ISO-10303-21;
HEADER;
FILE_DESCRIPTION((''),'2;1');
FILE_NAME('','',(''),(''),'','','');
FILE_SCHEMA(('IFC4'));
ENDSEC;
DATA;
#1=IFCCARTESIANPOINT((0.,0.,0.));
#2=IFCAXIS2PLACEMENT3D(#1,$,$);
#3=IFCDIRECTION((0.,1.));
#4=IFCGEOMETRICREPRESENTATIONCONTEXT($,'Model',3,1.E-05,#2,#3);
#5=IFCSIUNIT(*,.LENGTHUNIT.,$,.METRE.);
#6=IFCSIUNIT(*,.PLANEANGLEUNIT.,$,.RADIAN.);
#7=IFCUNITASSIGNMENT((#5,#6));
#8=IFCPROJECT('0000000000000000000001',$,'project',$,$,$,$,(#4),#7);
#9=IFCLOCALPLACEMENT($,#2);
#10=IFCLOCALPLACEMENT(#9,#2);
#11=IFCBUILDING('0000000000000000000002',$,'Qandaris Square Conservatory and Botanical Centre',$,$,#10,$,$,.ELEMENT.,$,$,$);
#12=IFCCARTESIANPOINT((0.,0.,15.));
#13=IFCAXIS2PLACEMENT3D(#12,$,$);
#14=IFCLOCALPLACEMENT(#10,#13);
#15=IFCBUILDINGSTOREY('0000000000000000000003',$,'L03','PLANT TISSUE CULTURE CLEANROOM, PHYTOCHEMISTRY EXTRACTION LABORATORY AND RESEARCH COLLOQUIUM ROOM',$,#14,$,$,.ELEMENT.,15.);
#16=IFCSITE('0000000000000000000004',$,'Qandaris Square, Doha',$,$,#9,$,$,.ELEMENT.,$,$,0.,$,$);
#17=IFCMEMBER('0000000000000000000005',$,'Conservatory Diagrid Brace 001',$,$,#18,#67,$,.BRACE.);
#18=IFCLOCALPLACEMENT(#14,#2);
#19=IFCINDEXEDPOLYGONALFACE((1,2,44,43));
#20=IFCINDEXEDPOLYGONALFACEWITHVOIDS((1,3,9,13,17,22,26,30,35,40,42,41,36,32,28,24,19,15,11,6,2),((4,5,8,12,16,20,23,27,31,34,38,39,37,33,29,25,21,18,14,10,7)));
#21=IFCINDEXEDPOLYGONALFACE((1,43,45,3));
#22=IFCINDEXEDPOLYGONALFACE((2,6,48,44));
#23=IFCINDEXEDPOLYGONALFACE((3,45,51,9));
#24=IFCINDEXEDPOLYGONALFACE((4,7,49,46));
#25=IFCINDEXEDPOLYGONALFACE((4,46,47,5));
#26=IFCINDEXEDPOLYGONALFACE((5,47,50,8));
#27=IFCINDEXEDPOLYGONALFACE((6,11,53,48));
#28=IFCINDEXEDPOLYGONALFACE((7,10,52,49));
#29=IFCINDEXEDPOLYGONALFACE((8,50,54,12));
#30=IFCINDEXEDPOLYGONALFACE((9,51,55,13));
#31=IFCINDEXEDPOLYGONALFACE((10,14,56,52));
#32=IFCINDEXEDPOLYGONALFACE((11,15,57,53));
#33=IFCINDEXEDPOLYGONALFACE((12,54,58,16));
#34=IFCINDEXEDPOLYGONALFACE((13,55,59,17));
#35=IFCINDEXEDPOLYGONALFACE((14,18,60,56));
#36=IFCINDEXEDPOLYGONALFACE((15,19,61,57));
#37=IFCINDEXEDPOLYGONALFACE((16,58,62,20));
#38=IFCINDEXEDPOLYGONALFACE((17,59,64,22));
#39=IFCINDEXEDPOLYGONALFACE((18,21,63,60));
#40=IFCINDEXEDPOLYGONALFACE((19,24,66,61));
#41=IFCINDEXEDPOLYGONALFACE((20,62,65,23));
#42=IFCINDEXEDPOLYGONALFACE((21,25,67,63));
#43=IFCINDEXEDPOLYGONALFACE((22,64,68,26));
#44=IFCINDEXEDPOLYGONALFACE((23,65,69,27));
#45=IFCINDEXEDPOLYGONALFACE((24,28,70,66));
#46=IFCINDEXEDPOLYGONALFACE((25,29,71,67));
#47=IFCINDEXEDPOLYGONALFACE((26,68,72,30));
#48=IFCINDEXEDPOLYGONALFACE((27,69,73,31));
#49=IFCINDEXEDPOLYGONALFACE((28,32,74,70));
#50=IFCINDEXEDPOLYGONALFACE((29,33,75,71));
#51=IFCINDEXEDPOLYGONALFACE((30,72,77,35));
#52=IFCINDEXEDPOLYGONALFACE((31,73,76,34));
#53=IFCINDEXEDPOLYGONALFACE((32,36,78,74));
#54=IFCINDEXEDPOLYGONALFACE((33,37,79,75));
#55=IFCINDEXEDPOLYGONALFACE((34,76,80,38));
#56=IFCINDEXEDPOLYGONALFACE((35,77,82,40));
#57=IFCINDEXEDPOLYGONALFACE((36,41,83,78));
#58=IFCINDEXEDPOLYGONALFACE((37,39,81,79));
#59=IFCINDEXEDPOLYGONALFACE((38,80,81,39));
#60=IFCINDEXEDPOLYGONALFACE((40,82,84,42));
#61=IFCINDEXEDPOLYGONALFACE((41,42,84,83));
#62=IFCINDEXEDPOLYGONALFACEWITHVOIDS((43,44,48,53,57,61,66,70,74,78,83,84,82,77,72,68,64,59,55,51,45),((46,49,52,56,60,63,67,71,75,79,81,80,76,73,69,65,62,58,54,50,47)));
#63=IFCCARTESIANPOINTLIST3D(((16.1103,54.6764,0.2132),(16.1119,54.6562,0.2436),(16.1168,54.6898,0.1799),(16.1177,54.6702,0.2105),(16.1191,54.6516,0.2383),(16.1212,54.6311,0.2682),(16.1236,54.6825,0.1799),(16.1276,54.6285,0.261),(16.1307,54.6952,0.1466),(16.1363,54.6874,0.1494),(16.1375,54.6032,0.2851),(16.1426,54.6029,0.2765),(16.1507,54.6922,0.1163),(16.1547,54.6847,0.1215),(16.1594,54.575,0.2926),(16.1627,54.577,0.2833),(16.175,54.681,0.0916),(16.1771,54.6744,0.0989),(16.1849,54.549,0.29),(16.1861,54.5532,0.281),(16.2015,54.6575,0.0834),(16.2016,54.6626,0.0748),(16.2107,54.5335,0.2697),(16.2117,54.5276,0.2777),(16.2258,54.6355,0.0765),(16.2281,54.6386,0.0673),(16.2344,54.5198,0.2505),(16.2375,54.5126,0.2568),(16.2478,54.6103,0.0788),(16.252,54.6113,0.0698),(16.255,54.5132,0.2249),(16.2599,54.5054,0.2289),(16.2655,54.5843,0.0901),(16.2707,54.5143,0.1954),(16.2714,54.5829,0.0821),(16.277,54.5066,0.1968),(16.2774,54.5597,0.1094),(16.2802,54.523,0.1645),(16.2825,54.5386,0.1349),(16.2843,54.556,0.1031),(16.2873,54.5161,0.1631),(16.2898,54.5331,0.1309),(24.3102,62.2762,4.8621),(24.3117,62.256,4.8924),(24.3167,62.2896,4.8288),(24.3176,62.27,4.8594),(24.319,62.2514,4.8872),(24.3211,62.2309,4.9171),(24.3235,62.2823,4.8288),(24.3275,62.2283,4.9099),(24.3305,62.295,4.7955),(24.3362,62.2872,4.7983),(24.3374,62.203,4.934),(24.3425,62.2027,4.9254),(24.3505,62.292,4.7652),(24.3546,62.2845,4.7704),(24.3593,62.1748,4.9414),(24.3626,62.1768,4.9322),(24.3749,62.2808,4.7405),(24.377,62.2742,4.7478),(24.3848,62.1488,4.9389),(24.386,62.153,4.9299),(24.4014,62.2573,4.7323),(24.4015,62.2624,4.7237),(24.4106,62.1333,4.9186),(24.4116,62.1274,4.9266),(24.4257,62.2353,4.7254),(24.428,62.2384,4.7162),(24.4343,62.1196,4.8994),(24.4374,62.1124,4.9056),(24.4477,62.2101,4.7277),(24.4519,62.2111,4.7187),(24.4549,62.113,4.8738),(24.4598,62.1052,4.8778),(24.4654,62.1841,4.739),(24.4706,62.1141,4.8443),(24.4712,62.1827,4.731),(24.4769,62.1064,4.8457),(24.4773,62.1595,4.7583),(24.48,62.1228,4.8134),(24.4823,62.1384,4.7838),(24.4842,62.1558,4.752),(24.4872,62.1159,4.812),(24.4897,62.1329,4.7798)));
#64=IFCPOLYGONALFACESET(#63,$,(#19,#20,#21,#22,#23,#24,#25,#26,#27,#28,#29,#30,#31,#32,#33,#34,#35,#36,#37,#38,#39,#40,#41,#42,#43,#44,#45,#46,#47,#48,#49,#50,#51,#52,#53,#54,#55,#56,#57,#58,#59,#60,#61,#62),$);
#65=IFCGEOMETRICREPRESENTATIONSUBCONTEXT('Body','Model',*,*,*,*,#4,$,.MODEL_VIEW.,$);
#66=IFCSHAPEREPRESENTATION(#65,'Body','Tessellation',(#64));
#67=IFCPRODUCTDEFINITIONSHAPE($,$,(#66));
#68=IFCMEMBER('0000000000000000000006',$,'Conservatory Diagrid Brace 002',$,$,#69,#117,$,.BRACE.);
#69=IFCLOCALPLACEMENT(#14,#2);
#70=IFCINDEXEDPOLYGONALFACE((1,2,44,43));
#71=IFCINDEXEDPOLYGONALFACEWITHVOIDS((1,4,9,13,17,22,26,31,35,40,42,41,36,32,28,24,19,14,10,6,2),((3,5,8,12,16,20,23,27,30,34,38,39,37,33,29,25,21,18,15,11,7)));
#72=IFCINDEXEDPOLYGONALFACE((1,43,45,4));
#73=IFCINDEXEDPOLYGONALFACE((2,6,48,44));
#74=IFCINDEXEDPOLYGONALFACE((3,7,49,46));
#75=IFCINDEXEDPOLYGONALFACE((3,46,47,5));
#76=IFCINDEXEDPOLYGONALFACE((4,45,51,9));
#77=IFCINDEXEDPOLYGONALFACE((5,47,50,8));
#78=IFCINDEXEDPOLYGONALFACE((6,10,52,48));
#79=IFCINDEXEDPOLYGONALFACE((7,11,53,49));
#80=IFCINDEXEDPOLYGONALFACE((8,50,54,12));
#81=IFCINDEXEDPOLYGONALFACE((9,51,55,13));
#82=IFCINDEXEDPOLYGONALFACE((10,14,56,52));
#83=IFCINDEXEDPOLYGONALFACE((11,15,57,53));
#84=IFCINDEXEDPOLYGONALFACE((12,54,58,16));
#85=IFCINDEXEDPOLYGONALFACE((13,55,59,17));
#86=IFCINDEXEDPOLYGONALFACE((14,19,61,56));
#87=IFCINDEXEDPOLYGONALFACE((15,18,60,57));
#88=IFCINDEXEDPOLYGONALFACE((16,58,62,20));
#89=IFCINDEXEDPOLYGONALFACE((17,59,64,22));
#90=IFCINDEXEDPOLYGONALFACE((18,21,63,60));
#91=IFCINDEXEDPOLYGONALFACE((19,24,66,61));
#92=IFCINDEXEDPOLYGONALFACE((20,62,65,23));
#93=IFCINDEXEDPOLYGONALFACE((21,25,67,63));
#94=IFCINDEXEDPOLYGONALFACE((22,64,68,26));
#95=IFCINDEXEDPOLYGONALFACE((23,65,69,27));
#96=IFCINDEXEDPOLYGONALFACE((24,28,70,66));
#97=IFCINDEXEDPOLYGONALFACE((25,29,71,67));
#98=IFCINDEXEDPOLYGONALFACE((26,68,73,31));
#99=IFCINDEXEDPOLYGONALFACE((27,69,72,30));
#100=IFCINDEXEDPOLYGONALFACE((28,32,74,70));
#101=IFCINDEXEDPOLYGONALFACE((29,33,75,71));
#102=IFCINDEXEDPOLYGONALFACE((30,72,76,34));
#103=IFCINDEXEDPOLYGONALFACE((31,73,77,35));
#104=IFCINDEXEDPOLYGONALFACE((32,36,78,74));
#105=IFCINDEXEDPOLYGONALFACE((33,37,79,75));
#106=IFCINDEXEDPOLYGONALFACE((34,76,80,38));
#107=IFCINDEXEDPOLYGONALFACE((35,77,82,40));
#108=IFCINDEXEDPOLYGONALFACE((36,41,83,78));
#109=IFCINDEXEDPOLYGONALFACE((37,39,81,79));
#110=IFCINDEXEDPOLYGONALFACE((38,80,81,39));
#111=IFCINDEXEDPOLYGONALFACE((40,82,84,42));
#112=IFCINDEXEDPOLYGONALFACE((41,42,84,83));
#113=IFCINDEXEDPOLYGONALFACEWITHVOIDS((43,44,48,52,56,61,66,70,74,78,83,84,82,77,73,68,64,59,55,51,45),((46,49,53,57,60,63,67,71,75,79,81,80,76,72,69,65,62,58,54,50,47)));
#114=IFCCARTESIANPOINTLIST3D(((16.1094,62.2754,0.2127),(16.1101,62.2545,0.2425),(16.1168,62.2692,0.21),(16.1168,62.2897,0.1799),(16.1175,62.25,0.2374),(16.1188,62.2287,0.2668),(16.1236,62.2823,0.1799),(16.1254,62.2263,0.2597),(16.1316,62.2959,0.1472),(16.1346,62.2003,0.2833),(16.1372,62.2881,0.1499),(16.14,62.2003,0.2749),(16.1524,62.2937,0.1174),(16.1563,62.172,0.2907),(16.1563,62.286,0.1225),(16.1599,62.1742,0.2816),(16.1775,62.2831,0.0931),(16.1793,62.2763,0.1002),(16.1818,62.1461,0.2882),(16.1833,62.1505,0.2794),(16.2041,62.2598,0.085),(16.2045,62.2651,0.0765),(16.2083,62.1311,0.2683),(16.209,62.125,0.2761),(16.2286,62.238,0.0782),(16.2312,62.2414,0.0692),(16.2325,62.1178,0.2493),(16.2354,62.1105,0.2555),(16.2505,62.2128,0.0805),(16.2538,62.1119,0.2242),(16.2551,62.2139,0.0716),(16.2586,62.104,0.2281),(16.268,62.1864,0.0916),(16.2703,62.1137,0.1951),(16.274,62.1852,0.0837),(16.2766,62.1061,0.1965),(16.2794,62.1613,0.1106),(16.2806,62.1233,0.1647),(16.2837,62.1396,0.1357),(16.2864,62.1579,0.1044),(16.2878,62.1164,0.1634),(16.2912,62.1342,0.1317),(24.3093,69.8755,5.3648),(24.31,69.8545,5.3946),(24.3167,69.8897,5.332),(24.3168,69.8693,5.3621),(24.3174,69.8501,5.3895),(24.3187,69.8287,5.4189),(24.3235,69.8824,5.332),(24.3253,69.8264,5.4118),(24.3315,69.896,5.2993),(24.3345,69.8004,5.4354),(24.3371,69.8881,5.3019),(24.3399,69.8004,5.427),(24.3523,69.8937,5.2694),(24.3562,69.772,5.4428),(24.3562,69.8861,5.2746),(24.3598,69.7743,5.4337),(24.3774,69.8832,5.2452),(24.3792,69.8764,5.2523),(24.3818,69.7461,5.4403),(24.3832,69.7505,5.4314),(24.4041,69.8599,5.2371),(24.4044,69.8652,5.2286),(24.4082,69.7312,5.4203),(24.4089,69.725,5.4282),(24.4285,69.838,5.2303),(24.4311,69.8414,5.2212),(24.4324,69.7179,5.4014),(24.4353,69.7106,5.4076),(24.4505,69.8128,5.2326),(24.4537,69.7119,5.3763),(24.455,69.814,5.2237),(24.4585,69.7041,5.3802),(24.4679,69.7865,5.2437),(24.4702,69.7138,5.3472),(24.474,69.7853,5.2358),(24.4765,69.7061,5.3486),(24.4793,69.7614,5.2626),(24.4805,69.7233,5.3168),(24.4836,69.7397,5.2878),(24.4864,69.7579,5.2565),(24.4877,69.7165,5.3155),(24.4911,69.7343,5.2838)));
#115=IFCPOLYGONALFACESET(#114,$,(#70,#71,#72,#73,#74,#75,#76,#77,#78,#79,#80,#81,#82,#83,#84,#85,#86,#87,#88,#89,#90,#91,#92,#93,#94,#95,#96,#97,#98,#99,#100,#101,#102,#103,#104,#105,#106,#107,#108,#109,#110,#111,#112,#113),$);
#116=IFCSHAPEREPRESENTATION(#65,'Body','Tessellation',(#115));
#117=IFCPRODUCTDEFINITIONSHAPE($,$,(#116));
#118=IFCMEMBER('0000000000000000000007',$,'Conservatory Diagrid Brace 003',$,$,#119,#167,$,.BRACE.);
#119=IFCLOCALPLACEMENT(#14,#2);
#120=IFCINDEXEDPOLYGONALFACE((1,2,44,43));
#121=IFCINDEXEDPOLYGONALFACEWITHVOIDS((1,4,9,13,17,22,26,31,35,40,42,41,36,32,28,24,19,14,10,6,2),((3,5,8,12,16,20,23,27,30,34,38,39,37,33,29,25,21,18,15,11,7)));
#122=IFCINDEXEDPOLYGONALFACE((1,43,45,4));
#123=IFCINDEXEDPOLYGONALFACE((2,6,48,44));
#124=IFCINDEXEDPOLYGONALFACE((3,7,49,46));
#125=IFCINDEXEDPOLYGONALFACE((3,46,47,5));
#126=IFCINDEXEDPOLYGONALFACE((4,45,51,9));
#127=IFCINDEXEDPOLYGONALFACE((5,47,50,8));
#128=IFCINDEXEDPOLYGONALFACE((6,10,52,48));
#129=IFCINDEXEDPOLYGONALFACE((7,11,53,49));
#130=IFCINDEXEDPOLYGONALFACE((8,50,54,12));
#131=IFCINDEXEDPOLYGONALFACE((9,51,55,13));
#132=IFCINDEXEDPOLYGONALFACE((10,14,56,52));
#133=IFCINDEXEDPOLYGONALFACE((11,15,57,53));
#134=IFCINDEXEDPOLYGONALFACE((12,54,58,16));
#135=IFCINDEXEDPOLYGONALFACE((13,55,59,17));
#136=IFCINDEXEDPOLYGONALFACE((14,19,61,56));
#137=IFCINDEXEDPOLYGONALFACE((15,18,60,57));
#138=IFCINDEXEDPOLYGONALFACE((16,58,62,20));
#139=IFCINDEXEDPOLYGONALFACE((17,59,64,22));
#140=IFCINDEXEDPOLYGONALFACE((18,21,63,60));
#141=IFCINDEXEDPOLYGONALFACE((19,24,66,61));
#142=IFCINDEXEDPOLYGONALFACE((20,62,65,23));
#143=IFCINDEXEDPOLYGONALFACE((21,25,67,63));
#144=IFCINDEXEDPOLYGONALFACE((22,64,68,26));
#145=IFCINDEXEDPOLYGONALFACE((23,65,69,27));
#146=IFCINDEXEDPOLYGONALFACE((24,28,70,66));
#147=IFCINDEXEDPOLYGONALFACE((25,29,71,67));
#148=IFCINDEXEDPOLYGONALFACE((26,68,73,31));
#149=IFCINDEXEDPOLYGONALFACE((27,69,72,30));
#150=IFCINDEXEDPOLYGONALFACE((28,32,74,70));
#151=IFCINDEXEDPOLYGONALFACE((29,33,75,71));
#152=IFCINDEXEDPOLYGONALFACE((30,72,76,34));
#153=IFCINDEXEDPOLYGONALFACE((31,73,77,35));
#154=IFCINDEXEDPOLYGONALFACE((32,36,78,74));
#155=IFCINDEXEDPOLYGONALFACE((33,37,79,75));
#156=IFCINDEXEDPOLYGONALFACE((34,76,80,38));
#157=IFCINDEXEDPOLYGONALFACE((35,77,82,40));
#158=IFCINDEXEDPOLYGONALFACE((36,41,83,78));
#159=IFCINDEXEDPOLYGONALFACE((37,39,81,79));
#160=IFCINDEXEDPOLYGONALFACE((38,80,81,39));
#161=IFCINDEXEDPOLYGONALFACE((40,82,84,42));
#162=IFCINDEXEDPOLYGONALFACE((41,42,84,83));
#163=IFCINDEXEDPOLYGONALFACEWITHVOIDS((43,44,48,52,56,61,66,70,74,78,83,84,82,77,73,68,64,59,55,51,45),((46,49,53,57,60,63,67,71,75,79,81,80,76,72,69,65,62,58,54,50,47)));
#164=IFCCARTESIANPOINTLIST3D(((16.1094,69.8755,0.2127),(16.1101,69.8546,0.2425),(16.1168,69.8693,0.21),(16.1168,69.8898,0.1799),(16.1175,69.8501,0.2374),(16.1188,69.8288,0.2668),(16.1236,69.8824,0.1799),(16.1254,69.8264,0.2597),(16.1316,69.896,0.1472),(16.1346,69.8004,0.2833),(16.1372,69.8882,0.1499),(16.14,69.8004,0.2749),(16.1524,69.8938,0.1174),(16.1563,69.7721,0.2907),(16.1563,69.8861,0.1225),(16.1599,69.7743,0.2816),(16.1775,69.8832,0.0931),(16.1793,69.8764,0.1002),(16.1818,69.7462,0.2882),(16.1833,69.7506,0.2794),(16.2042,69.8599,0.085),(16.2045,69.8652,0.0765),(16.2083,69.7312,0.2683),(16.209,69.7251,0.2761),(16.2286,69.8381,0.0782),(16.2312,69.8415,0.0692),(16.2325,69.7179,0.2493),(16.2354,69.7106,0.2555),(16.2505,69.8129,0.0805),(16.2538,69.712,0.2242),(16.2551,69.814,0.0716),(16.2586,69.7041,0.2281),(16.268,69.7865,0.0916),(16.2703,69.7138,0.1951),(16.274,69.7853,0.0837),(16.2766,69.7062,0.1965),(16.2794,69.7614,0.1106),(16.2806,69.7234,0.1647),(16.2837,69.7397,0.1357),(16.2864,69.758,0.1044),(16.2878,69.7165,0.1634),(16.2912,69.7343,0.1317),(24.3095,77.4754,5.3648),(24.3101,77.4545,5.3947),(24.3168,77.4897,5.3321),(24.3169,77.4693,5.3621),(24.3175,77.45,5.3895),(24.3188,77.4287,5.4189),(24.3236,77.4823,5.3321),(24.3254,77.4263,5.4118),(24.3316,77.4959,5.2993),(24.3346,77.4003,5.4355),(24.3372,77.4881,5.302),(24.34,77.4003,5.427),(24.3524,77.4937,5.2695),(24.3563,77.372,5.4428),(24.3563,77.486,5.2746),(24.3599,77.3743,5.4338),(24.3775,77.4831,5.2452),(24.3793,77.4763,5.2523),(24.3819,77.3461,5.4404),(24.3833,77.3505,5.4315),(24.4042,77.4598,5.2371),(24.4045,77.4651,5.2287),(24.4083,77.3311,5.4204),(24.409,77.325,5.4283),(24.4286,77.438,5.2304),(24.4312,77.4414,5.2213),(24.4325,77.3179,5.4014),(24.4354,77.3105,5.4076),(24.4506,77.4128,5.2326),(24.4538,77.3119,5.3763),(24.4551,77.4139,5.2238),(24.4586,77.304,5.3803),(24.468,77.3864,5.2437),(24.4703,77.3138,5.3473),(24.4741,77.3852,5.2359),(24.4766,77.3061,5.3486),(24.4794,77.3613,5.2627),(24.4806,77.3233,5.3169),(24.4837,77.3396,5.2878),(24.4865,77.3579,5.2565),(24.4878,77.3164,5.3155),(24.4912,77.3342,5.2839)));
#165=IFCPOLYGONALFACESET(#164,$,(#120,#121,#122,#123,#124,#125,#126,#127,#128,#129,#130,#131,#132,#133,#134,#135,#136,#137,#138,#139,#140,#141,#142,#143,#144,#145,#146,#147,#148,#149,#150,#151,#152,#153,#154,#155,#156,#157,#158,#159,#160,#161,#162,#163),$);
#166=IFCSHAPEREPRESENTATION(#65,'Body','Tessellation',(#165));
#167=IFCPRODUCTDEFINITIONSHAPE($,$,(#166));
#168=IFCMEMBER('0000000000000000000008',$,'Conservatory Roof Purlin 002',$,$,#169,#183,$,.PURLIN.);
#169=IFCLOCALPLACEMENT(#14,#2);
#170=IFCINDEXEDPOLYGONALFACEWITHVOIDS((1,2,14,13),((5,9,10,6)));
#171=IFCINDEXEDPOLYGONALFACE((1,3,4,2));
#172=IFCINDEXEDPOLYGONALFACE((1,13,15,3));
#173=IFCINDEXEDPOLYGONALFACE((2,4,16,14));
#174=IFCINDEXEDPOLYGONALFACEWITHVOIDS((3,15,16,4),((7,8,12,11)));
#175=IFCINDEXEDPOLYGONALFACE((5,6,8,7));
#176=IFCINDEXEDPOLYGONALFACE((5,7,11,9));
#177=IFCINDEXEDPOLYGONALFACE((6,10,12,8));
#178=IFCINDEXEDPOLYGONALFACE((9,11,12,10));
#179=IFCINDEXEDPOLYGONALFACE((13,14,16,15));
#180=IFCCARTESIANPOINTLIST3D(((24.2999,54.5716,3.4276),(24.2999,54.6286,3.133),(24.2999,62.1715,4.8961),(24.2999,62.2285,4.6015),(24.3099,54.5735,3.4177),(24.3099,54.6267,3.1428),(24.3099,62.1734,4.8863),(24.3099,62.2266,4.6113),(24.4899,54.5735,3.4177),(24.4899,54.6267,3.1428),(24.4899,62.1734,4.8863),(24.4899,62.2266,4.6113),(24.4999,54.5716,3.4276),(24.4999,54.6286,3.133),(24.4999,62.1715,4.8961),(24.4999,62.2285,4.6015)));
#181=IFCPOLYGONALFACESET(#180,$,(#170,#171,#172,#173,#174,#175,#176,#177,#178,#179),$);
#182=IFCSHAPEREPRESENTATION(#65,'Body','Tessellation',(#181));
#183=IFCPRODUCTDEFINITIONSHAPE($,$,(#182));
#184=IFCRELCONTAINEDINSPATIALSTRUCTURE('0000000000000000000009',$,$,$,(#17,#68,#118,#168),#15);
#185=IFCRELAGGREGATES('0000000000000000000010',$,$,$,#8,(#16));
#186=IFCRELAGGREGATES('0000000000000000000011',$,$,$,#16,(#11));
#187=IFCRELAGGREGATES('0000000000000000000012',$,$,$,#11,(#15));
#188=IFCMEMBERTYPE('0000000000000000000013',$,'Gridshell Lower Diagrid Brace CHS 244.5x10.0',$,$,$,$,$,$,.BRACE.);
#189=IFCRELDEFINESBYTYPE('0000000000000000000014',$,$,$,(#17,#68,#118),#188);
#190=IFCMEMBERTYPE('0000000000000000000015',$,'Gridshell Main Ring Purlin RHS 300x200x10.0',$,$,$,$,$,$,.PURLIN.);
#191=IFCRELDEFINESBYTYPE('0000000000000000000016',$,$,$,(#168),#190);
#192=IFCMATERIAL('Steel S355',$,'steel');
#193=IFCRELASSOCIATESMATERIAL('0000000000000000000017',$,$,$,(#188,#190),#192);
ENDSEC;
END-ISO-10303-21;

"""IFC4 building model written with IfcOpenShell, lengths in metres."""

from ifc_helpers import new_model, si_unit, direction, frame, origin, origin_2d, place, context, subcontext, project, spatial, hollow_rectangle, hollow_circle, extrude, material, material_profile, profile_set, type_object, element, save


model = new_model("IFC4")

# Units and contexts
model_context = context("Model", 3, precision=1e-05, world=origin(), true_north=direction((0.0, 1.0)))
body_context = subcontext(model_context, "Body", "Model", "MODEL_VIEW")
ifc_project = project(units=[si_unit("LENGTHUNIT", "METRE"), si_unit("PLANEANGLEUNIT", "RADIAN")], contexts=[model_context])

# Site, building, storey
site_placement = place(None, origin())
site = spatial("IfcSite", under=ifc_project, at=site_placement, Name="Qandaris Square, Doha", CompositionType="ELEMENT", RefElevation=0.0)
building_placement = place(site_placement, origin())
building = spatial("IfcBuilding", under=site, at=building_placement, Name="Qandaris Square Conservatory and Botanical Centre", CompositionType="ELEMENT")
storey_placement = place(building_placement, frame((0.0, 0.0, 15.0)))
storey = spatial("IfcBuildingStorey", under=building, at=storey_placement, Name="L03", Description="PLANT TISSUE CULTURE CLEANROOM, PHYTOCHEMISTRY EXTRACTION LABORATORY AND RESEARCH COLLOQUIUM ROOM", CompositionType="ELEMENT", Elevation=15.0)

# Members
ifc_material_1 = material(Name="Steel S355", Category="steel")
ifc_material_profile_1 = material_profile(ifc_material_1, hollow_circle(Radius=0.1223, WallThickness=0.01, at=origin_2d()), Name="CHS 244.5x10.0")
ifc_profile_set_1 = profile_set([ifc_material_profile_1], Name="Steel S355")
member_type_1 = type_object("IfcMemberType", Name="Gridshell Lower Diagrid Brace CHS 244.5x10.0", PredefinedType="BRACE", material=ifc_profile_set_1)
member_1_placement = place(storey_placement, frame((16.2, 54.6001, 0.1799), z_axis=(0.677221, 0.62766, 0.383947), x_axis=(-0.67976, 0.733435, 0.0)))
element("IfcMember", 1, at=member_1_placement, inside=storey, type_object=member_type_1, Name="Conservatory Diagrid Brace 001", PredefinedType="BRACE", context=body_context, shape_type="SweptSolid", body=[
    extrude(hollow_circle(Radius=0.1223, WallThickness=0.01, at=origin_2d()), origin(), (0.0, 0.0, 1.0), 12.1082),
])
for number, where, z_axis, x_axis, name in (
    (2, (16.2, 62.2, 0.1799), (0.666102, 0.617374, 0.418518), (-0.679772, 0.733424, 0.0), "Conservatory Diagrid Brace 002"),
    (3, (16.2, 69.8, 0.1799), (0.66611, 0.617362, 0.418523), (-0.67976, 0.733435, 0.0), "Conservatory Diagrid Brace 003"),
):
    element("IfcMember", number, at=place(storey_placement, frame(where, z_axis=z_axis, x_axis=x_axis)), inside=storey, type_object=member_type_1, Name=name, PredefinedType="BRACE", context=body_context, shape_type="SweptSolid", body=[
        extrude(hollow_circle(Radius=0.1223, WallThickness=0.01, at=origin_2d()), origin(), (0.0, 0.0, 1.0), 12.3103),
    ])
ifc_material_profile_2 = material_profile(ifc_material_1, hollow_rectangle(XDim=0.2, YDim=0.3, WallThickness=0.01, at=origin_2d()), Name="RHS 300x200x10.0")
ifc_profile_set_2 = profile_set([ifc_material_profile_2], Name="Steel S355")
member_type_2 = type_object("IfcMemberType", Name="Gridshell Main Ring Purlin RHS 300x200x10.0", PredefinedType="PURLIN", material=ifc_profile_set_2)
member_2_placement = place(storey_placement, frame((24.3999, 54.6001, 3.2803), z_axis=(0.0, 0.981838, 0.189719), x_axis=(-1.0, 0.0, 0.0)))
element("IfcMember", 4, at=member_2_placement, inside=storey, type_object=member_type_2, Name="Conservatory Roof Purlin 002", PredefinedType="PURLIN", context=body_context, shape_type="SweptSolid", body=[
    extrude(hollow_rectangle(XDim=0.2, YDim=0.3, WallThickness=0.01, at=origin_2d()), origin(), (0.0, 0.0, 1.0), 7.7405),
])

save(model, "model.ifc")
